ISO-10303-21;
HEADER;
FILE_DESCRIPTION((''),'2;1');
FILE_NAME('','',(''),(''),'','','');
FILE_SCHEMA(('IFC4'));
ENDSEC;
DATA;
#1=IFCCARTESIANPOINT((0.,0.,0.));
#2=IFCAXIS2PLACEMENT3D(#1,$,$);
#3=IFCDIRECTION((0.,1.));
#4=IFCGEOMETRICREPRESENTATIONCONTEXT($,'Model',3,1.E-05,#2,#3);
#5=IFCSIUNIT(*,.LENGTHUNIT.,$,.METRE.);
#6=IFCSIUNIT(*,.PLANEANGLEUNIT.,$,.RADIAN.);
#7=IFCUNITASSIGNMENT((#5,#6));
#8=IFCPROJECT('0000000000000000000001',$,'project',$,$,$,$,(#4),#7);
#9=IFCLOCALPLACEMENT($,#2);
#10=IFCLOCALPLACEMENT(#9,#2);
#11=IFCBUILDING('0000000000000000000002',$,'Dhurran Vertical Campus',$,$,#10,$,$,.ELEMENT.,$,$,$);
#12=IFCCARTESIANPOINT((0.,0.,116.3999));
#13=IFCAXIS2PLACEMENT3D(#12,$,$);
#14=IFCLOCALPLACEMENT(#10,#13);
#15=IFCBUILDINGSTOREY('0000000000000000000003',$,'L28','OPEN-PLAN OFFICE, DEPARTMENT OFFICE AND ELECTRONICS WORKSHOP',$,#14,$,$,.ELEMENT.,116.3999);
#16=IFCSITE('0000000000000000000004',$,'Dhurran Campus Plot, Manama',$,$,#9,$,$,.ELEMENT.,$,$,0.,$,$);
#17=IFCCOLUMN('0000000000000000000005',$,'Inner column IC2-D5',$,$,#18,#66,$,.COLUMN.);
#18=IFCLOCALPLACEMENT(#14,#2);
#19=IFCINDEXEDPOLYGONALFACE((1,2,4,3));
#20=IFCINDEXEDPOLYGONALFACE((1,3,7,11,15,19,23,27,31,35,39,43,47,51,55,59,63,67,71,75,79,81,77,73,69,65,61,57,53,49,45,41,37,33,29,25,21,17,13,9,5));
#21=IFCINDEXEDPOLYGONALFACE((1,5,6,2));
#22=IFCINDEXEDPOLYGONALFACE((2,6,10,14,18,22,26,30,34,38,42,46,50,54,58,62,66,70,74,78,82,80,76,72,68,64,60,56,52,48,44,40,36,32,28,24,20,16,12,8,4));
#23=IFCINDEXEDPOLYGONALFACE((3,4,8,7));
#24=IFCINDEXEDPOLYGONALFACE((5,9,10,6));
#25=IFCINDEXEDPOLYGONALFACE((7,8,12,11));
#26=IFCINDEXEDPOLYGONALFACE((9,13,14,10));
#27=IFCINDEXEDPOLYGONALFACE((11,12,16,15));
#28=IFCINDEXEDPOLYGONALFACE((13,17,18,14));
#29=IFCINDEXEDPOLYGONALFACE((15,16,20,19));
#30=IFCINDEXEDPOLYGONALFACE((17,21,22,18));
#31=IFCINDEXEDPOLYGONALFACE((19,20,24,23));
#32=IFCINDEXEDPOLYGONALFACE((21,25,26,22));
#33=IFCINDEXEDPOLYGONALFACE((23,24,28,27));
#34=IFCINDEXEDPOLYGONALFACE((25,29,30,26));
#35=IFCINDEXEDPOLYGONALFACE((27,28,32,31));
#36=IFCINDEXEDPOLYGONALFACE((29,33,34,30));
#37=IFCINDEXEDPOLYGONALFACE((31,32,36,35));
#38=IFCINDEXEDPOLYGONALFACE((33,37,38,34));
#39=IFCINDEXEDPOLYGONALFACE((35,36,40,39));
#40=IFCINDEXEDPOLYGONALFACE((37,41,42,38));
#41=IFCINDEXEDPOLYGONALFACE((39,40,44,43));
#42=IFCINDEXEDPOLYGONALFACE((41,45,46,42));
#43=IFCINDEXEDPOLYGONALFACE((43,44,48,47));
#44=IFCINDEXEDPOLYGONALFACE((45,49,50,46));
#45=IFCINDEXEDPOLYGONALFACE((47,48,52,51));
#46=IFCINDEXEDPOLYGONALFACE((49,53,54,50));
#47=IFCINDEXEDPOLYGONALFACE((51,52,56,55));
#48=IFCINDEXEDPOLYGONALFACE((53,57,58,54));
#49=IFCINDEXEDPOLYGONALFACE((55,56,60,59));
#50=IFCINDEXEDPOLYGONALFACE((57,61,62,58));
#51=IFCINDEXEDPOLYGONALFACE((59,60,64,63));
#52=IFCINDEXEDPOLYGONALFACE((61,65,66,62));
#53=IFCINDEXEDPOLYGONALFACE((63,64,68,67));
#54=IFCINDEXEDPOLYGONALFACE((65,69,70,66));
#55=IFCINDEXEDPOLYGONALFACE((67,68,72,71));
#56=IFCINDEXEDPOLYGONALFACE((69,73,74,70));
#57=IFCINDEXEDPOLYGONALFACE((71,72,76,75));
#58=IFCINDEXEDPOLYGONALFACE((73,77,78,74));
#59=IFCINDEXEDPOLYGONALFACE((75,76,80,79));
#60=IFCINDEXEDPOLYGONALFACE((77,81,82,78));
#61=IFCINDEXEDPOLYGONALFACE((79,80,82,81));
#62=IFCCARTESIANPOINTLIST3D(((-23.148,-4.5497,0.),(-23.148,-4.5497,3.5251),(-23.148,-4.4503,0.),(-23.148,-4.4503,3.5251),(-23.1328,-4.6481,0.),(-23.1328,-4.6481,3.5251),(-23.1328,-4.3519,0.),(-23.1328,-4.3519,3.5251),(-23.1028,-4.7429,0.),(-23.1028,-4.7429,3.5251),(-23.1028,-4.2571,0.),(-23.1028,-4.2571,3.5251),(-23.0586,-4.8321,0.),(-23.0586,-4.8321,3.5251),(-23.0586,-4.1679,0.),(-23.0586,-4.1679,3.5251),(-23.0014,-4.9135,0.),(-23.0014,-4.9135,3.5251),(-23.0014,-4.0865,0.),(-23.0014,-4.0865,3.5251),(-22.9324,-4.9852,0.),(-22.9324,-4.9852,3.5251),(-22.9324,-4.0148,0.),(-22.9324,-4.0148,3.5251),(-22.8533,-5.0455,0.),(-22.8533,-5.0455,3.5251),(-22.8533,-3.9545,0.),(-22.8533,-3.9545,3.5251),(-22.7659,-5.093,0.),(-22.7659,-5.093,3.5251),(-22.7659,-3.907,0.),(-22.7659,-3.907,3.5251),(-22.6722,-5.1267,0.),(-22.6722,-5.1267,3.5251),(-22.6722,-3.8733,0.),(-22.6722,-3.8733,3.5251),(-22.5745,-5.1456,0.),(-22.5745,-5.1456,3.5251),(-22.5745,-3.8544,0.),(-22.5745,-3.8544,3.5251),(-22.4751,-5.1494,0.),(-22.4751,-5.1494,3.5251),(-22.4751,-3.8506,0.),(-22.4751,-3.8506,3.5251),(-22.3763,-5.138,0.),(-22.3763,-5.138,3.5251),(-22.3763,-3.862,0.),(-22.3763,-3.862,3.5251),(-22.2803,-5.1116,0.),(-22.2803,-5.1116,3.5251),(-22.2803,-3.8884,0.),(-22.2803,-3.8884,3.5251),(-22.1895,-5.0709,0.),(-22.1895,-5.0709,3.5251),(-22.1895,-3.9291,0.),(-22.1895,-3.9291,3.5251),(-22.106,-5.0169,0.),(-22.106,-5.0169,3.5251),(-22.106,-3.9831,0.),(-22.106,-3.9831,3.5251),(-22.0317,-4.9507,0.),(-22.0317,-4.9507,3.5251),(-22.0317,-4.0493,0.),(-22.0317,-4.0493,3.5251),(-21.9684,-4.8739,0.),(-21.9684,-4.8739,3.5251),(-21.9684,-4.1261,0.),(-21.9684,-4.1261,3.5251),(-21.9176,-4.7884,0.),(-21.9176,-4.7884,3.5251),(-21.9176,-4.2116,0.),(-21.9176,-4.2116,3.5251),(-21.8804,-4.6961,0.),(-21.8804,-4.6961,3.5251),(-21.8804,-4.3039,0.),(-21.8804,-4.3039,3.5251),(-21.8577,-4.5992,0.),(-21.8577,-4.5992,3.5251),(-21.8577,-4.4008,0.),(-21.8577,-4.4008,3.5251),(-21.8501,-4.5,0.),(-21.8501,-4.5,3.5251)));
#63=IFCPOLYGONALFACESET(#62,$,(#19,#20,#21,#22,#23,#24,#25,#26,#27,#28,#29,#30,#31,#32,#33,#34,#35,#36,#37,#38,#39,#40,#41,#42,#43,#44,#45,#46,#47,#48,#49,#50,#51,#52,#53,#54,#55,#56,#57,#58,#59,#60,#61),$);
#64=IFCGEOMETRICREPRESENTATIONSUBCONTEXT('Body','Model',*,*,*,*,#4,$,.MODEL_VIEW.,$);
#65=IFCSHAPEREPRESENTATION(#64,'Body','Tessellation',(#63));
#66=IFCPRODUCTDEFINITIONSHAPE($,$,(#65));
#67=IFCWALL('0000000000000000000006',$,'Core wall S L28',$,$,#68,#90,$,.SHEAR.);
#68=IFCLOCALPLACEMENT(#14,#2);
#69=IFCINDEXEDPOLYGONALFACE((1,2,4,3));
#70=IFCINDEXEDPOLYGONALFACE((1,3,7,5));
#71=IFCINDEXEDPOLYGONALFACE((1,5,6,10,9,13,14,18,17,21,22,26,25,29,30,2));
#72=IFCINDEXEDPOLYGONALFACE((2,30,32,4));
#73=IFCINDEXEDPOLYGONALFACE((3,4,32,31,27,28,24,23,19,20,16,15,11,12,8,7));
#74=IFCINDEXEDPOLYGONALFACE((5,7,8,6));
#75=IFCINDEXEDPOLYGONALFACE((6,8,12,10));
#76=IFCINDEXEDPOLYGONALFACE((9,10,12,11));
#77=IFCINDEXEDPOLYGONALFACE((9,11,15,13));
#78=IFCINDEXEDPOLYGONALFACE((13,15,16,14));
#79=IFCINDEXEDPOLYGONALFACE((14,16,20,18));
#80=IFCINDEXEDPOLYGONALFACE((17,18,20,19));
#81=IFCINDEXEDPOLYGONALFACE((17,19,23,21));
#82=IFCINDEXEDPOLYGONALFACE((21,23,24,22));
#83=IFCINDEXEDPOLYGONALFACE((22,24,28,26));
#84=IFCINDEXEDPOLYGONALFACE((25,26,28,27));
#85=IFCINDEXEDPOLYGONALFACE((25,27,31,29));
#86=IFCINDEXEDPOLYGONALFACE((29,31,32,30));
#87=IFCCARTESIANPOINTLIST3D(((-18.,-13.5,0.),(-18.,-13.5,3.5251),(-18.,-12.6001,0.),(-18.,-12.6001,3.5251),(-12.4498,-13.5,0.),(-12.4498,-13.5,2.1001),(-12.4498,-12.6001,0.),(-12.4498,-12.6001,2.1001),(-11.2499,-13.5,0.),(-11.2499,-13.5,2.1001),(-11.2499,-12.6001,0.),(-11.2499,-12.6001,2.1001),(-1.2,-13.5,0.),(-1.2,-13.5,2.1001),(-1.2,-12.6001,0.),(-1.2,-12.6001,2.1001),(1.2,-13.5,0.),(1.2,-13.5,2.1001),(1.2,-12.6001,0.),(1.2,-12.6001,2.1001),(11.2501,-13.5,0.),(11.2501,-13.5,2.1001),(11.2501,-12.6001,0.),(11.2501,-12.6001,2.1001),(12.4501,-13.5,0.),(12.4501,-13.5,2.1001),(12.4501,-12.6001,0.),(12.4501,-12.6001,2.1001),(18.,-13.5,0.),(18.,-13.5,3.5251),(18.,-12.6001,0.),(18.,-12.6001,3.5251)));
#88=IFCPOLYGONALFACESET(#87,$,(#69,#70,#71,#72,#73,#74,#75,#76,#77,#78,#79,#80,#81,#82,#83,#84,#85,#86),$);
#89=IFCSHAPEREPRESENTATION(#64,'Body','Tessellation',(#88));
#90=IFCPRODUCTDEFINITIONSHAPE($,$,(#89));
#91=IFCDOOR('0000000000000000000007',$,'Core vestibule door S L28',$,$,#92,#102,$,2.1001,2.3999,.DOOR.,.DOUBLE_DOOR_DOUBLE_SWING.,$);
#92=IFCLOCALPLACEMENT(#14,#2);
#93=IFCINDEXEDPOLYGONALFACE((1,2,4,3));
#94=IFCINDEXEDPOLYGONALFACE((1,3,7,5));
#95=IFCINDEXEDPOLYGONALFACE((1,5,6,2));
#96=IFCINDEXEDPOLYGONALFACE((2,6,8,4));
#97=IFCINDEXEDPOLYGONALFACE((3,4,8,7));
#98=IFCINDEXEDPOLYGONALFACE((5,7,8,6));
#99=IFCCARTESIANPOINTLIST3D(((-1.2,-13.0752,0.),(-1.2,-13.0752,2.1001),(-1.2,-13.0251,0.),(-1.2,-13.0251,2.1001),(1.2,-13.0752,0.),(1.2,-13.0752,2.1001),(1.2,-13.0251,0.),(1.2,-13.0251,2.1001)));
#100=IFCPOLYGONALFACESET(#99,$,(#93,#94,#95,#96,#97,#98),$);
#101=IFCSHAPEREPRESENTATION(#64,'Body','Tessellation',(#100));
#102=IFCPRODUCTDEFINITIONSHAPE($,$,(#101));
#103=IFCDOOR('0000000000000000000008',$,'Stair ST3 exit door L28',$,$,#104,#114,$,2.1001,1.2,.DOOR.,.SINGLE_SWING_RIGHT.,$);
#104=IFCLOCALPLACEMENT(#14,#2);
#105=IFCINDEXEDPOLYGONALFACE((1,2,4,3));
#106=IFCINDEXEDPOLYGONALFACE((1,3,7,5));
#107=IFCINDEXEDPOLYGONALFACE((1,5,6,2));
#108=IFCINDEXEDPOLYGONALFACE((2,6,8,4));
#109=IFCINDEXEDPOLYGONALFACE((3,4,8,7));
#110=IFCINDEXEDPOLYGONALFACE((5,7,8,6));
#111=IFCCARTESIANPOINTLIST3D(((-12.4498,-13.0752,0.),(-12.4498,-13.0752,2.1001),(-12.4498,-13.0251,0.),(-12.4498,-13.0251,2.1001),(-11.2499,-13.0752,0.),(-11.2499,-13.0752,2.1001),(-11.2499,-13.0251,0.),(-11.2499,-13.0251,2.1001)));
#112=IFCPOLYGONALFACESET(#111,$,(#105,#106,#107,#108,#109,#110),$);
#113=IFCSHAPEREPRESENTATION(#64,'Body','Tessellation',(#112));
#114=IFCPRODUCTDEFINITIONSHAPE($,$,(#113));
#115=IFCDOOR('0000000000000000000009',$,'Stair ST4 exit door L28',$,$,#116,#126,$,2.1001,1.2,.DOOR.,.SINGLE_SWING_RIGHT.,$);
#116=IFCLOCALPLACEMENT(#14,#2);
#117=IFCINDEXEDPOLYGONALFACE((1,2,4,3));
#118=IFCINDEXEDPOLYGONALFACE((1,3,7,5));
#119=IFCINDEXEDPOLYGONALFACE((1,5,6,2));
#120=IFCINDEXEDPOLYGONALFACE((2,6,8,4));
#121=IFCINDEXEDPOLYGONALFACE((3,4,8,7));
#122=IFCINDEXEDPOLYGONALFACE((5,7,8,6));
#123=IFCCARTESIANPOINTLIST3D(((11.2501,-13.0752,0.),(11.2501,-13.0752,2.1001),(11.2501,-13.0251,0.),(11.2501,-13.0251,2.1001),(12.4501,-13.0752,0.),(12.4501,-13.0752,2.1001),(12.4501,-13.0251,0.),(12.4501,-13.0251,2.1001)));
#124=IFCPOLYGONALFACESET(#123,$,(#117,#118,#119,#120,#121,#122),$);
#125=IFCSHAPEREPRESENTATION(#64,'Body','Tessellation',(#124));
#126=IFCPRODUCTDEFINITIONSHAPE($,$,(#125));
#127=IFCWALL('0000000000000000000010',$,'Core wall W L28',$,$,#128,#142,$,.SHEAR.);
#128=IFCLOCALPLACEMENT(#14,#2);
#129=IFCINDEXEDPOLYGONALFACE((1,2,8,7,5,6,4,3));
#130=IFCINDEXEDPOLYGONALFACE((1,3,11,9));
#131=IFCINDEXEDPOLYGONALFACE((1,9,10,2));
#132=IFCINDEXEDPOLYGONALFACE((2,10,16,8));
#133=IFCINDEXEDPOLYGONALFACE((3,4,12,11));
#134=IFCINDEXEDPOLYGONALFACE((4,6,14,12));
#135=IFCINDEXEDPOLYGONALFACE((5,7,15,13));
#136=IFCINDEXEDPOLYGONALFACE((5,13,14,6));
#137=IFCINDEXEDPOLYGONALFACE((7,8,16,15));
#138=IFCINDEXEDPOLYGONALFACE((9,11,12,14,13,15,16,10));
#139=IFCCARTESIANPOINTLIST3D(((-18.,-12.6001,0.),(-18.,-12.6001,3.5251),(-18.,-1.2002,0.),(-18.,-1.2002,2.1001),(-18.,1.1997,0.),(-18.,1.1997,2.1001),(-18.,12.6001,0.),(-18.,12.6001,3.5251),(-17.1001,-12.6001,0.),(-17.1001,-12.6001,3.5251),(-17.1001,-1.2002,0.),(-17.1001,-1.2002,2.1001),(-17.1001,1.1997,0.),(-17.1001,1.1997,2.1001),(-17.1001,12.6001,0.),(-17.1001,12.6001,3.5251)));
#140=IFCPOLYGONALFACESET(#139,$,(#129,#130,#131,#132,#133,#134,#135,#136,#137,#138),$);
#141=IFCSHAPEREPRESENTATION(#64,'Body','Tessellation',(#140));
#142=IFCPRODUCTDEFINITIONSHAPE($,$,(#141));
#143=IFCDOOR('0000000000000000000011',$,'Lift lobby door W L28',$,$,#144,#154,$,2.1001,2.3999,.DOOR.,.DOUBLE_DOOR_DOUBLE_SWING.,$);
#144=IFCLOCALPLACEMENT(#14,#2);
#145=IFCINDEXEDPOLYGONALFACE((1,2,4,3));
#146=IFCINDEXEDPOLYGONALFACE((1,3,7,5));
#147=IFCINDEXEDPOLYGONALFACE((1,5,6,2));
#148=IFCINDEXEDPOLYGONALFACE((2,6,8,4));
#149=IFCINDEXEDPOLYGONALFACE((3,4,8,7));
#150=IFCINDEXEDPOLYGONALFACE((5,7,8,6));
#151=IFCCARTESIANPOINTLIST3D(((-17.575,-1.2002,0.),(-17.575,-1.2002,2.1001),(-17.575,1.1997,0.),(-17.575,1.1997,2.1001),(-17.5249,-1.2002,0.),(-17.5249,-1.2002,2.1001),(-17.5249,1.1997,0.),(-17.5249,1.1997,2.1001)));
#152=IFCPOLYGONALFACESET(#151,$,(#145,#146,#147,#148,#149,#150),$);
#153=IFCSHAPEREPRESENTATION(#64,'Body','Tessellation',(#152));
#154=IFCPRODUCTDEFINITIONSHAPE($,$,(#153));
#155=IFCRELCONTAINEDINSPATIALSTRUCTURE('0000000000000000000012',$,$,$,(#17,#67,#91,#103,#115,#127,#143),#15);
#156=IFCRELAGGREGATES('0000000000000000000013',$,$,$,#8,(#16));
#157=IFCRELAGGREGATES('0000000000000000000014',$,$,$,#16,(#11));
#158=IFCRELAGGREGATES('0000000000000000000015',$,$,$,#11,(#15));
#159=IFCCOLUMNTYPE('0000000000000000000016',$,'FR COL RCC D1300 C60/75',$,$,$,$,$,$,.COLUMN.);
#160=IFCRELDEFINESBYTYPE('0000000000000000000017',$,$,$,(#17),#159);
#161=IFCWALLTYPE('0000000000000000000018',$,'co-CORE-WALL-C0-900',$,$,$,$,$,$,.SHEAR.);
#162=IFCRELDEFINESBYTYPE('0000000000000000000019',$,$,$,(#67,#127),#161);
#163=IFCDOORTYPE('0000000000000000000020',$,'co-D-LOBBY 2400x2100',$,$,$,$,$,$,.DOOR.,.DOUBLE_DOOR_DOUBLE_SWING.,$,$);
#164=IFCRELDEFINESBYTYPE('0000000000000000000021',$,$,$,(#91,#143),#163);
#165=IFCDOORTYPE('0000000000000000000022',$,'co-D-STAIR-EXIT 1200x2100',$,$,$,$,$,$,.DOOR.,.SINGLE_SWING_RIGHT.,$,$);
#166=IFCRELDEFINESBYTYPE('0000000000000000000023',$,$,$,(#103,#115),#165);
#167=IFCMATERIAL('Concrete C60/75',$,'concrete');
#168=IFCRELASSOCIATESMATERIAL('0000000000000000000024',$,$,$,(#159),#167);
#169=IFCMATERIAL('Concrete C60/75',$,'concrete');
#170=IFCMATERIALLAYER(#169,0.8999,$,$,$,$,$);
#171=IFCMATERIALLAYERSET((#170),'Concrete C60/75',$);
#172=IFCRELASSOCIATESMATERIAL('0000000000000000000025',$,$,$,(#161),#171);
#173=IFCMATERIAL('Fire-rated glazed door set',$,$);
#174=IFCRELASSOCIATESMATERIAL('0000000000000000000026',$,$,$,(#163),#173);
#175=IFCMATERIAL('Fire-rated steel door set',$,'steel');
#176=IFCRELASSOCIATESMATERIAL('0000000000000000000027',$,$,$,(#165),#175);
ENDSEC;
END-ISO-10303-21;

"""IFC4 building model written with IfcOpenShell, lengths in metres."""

from ifc_helpers import new_model, si_unit, direction, frame, frame_2d, origin, origin_2d, place, context, subcontext, project, spatial, rectangle, circle, extrude, material, layer, layer_set, material_profile, profile_set, type_object, element, fill, save


model = new_model("IFC4")

# Units and contexts
model_context = context("Model", 3, precision=1e-05, world=origin(), true_north=direction((0.0, 1.0)))
body_context = subcontext(model_context, "Body", "Model", "MODEL_VIEW")
ifc_project = project(units=[si_unit("LENGTHUNIT", "METRE"), si_unit("PLANEANGLEUNIT", "RADIAN")], contexts=[model_context])

# Site, building, storey
site_placement = place(None, origin())
site = spatial("IfcSite", under=ifc_project, at=site_placement, Name="Dhurran Campus Plot, Manama", CompositionType="ELEMENT", RefElevation=0.0)
building_placement = place(site_placement, origin())
building = spatial("IfcBuilding", under=site, at=building_placement, Name="Dhurran Vertical Campus", CompositionType="ELEMENT")
storey_placement = place(building_placement, frame((0.0, 0.0, 116.3999)))
storey = spatial("IfcBuildingStorey", under=building, at=storey_placement, Name="L28", Description="OPEN-PLAN OFFICE, DEPARTMENT OFFICE AND ELECTRONICS WORKSHOP", CompositionType="ELEMENT", Elevation=116.3999)

# Column
ifc_material_1 = material(Name="Concrete C60/75", Category="concrete")
ifc_material_profile = material_profile(ifc_material_1, circle(Radius=0.6499, at=origin_2d()), Name="RCC D1300")
ifc_profile_set = profile_set([ifc_material_profile], Name="Concrete C60/75")
column_type = type_object("IfcColumnType", Name="FR COL RCC D1300 C60/75", PredefinedType="COLUMN", material=ifc_profile_set)
column_placement = place(storey_placement, frame((-22.5, -4.5, 0.0), z_axis=(0.0, 0.0, 1.0), x_axis=(1.0, 0.0, 0.0)))
element("IfcColumn", 1, at=column_placement, inside=storey, type_object=column_type, Name="Inner column IC2-D5", PredefinedType="COLUMN", context=body_context, shape_type="SweptSolid", body=[
    extrude(circle(Radius=0.6499, at=origin_2d()), origin(), (0.0, 0.0, 1.0), 3.5251),
])

# Wall, openings, doors
ifc_material_2 = material(Name="Concrete C60/75", Category="concrete")
ifc_layer_1 = layer(ifc_material_2, 0.8999)
ifc_layer_set_1 = layer_set([ifc_layer_1], Name="Concrete C60/75")
wall_type_1 = type_object("IfcWallType", Name="co-CORE-WALL-C0-900", PredefinedType="SHEAR", material=ifc_layer_set_1)
wall_1_placement = place(storey_placement, frame((-18.0, -13.05, 0.0), z_axis=(0.0, 0.0, 1.0), x_axis=(1.0, 0.0, 0.0)))
wall_1 = element("IfcWall", 2, at=wall_1_placement, inside=storey, type_object=wall_type_1, Name="Core wall S L28", PredefinedType="SHEAR", context=body_context, shape_type="SweptSolid", body=[
    extrude(rectangle(XDim=36.0, YDim=0.8999, at=frame_2d((18.0, 0.0))), origin(), (0.0, 0.0, 1.0), 3.5251),
])
opening_1_placement = place(wall_1_placement, frame((16.8, 0.0, 0.0)))
opening_1 = element("IfcOpeningElement", 3, at=opening_1_placement, cuts=wall_1, PredefinedType="OPENING", context=body_context, shape_type="SweptSolid", body=[
    extrude(rectangle(XDim=2.3999, YDim=2.1001, at=frame_2d((1.2, 1.05))), frame((0.0, 0.46, 0.0), z_axis=(0.0, -1.0, 0.0), x_axis=(1.0, 0.0, 0.0)), (0.0, 0.0, 1.0), 0.9199),
])
opening_2_placement = place(wall_1_placement, frame((5.55, 0.0, 0.0)))
opening_2 = element("IfcOpeningElement", 4, at=opening_2_placement, cuts=wall_1, PredefinedType="OPENING", context=body_context, shape_type="SweptSolid", body=[
    extrude(rectangle(XDim=1.2, YDim=2.1001, at=frame_2d((0.6001, 1.05))), frame((0.0, 0.46, 0.0), z_axis=(0.0, -1.0, 0.0), x_axis=(1.0, 0.0, 0.0)), (0.0, 0.0, 1.0), 0.9199),
])
opening_3_placement = place(wall_1_placement, frame((29.25, 0.0, 0.0)))
opening_3 = element("IfcOpeningElement", 5, at=opening_3_placement, cuts=wall_1, PredefinedType="OPENING", context=body_context, shape_type="SweptSolid", body=[
    extrude(rectangle(XDim=1.2, YDim=2.1001, at=frame_2d((0.6001, 1.05))), frame((0.0, 0.46, 0.0), z_axis=(0.0, -1.0, 0.0), x_axis=(1.0, 0.0, 0.0)), (0.0, 0.0, 1.0), 0.9199),
])
ifc_material_3 = material(Name="Fire-rated glazed door set")
door_type_1 = type_object("IfcDoorType", Name="co-D-LOBBY 2400x2100", OperationType="DOUBLE_DOOR_DOUBLE_SWING", PredefinedType="DOOR", material=ifc_material_3)
door_1_placement = place(opening_1_placement, origin())
door_1 = element("IfcDoor", 6, at=door_1_placement, inside=storey, type_object=door_type_1, Name="Core vestibule door S L28", OperationType="DOUBLE_DOOR_DOUBLE_SWING", OverallHeight=2.1001, OverallWidth=2.3999, PredefinedType="DOOR", context=body_context, shape_type="SweptSolid", body=[
    extrude(rectangle(XDim=2.3999, YDim=2.1001, at=frame_2d((1.2, 1.05))), frame((0.0, 0.0249, 0.0), z_axis=(0.0, -1.0, 0.0), x_axis=(1.0, 0.0, 0.0)), (0.0, 0.0, 1.0), 0.05),
])
fill(opening_1, door_1)
ifc_material_4 = material(Name="Fire-rated steel door set", Category="steel")
door_type_2 = type_object("IfcDoorType", Name="co-D-STAIR-EXIT 1200x2100", OperationType="SINGLE_SWING_RIGHT", PredefinedType="DOOR", material=ifc_material_4)
door_2_placement = place(opening_2_placement, origin())
door_2 = element("IfcDoor", 7, at=door_2_placement, inside=storey, type_object=door_type_2, Name="Stair ST3 exit door L28", OperationType="SINGLE_SWING_RIGHT", OverallHeight=2.1001, OverallWidth=1.2, PredefinedType="DOOR", context=body_context, shape_type="SweptSolid", body=[
    extrude(rectangle(XDim=1.2, YDim=2.1001, at=frame_2d((0.6001, 1.05))), frame((0.0, 0.0249, 0.0), z_axis=(0.0, -1.0, 0.0), x_axis=(1.0, 0.0, 0.0)), (0.0, 0.0, 1.0), 0.05),
])
fill(opening_2, door_2)
door_3_placement = place(opening_3_placement, origin())
door_3 = element("IfcDoor", 8, at=door_3_placement, inside=storey, type_object=door_type_2, Name="Stair ST4 exit door L28", OperationType="SINGLE_SWING_RIGHT", OverallHeight=2.1001, OverallWidth=1.2, PredefinedType="DOOR", context=body_context, shape_type="SweptSolid", body=[
    extrude(rectangle(XDim=1.2, YDim=2.1001, at=frame_2d((0.6001, 1.05))), frame((0.0, 0.0249, 0.0), z_axis=(0.0, -1.0, 0.0), x_axis=(1.0, 0.0, 0.0)), (0.0, 0.0, 1.0), 0.05),
])
fill(opening_3, door_3)

# Wall, opening, door
wall_2_placement = place(storey_placement, frame((-17.55, -12.6001, 0.0), z_axis=(0.0, 0.0, 1.0), x_axis=(0.0, 1.0, 0.0)))
wall_2 = element("IfcWall", 9, at=wall_2_placement, inside=storey, type_object=wall_type_1, Name="Core wall W L28", PredefinedType="SHEAR", context=body_context, shape_type="SweptSolid", body=[
    extrude(rectangle(XDim=25.2002, YDim=0.8999, at=frame_2d((12.6001, 0.0))), origin(), (0.0, 0.0, 1.0), 3.5251),
])
opening_4_placement = place(wall_2_placement, frame((11.3999, 0.0, 0.0)))
opening_4 = element("IfcOpeningElement", 10, at=opening_4_placement, cuts=wall_2, PredefinedType="OPENING", context=body_context, shape_type="SweptSolid", body=[
    extrude(rectangle(XDim=2.3999, YDim=2.1001, at=frame_2d((1.2, 1.05))), frame((0.0, 0.46, 0.0), z_axis=(0.0, -1.0, 0.0), x_axis=(1.0, 0.0, 0.0)), (0.0, 0.0, 1.0), 0.9199),
])
door_4_placement = place(opening_4_placement, origin())
door_4 = element("IfcDoor", 11, at=door_4_placement, inside=storey, type_object=door_type_1, Name="Lift lobby door W L28", OperationType="DOUBLE_DOOR_DOUBLE_SWING", OverallHeight=2.1001, OverallWidth=2.3999, PredefinedType="DOOR", context=body_context, shape_type="SweptSolid", body=[
    extrude(rectangle(XDim=2.3999, YDim=2.1001, at=frame_2d((1.2, 1.05))), frame((0.0, 0.0249, 0.0), z_axis=(0.0, -1.0, 0.0), x_axis=(1.0, 0.0, 0.0)), (0.0, 0.0, 1.0), 0.05),
])
fill(opening_4, door_4)

save(model, "model.ifc")
